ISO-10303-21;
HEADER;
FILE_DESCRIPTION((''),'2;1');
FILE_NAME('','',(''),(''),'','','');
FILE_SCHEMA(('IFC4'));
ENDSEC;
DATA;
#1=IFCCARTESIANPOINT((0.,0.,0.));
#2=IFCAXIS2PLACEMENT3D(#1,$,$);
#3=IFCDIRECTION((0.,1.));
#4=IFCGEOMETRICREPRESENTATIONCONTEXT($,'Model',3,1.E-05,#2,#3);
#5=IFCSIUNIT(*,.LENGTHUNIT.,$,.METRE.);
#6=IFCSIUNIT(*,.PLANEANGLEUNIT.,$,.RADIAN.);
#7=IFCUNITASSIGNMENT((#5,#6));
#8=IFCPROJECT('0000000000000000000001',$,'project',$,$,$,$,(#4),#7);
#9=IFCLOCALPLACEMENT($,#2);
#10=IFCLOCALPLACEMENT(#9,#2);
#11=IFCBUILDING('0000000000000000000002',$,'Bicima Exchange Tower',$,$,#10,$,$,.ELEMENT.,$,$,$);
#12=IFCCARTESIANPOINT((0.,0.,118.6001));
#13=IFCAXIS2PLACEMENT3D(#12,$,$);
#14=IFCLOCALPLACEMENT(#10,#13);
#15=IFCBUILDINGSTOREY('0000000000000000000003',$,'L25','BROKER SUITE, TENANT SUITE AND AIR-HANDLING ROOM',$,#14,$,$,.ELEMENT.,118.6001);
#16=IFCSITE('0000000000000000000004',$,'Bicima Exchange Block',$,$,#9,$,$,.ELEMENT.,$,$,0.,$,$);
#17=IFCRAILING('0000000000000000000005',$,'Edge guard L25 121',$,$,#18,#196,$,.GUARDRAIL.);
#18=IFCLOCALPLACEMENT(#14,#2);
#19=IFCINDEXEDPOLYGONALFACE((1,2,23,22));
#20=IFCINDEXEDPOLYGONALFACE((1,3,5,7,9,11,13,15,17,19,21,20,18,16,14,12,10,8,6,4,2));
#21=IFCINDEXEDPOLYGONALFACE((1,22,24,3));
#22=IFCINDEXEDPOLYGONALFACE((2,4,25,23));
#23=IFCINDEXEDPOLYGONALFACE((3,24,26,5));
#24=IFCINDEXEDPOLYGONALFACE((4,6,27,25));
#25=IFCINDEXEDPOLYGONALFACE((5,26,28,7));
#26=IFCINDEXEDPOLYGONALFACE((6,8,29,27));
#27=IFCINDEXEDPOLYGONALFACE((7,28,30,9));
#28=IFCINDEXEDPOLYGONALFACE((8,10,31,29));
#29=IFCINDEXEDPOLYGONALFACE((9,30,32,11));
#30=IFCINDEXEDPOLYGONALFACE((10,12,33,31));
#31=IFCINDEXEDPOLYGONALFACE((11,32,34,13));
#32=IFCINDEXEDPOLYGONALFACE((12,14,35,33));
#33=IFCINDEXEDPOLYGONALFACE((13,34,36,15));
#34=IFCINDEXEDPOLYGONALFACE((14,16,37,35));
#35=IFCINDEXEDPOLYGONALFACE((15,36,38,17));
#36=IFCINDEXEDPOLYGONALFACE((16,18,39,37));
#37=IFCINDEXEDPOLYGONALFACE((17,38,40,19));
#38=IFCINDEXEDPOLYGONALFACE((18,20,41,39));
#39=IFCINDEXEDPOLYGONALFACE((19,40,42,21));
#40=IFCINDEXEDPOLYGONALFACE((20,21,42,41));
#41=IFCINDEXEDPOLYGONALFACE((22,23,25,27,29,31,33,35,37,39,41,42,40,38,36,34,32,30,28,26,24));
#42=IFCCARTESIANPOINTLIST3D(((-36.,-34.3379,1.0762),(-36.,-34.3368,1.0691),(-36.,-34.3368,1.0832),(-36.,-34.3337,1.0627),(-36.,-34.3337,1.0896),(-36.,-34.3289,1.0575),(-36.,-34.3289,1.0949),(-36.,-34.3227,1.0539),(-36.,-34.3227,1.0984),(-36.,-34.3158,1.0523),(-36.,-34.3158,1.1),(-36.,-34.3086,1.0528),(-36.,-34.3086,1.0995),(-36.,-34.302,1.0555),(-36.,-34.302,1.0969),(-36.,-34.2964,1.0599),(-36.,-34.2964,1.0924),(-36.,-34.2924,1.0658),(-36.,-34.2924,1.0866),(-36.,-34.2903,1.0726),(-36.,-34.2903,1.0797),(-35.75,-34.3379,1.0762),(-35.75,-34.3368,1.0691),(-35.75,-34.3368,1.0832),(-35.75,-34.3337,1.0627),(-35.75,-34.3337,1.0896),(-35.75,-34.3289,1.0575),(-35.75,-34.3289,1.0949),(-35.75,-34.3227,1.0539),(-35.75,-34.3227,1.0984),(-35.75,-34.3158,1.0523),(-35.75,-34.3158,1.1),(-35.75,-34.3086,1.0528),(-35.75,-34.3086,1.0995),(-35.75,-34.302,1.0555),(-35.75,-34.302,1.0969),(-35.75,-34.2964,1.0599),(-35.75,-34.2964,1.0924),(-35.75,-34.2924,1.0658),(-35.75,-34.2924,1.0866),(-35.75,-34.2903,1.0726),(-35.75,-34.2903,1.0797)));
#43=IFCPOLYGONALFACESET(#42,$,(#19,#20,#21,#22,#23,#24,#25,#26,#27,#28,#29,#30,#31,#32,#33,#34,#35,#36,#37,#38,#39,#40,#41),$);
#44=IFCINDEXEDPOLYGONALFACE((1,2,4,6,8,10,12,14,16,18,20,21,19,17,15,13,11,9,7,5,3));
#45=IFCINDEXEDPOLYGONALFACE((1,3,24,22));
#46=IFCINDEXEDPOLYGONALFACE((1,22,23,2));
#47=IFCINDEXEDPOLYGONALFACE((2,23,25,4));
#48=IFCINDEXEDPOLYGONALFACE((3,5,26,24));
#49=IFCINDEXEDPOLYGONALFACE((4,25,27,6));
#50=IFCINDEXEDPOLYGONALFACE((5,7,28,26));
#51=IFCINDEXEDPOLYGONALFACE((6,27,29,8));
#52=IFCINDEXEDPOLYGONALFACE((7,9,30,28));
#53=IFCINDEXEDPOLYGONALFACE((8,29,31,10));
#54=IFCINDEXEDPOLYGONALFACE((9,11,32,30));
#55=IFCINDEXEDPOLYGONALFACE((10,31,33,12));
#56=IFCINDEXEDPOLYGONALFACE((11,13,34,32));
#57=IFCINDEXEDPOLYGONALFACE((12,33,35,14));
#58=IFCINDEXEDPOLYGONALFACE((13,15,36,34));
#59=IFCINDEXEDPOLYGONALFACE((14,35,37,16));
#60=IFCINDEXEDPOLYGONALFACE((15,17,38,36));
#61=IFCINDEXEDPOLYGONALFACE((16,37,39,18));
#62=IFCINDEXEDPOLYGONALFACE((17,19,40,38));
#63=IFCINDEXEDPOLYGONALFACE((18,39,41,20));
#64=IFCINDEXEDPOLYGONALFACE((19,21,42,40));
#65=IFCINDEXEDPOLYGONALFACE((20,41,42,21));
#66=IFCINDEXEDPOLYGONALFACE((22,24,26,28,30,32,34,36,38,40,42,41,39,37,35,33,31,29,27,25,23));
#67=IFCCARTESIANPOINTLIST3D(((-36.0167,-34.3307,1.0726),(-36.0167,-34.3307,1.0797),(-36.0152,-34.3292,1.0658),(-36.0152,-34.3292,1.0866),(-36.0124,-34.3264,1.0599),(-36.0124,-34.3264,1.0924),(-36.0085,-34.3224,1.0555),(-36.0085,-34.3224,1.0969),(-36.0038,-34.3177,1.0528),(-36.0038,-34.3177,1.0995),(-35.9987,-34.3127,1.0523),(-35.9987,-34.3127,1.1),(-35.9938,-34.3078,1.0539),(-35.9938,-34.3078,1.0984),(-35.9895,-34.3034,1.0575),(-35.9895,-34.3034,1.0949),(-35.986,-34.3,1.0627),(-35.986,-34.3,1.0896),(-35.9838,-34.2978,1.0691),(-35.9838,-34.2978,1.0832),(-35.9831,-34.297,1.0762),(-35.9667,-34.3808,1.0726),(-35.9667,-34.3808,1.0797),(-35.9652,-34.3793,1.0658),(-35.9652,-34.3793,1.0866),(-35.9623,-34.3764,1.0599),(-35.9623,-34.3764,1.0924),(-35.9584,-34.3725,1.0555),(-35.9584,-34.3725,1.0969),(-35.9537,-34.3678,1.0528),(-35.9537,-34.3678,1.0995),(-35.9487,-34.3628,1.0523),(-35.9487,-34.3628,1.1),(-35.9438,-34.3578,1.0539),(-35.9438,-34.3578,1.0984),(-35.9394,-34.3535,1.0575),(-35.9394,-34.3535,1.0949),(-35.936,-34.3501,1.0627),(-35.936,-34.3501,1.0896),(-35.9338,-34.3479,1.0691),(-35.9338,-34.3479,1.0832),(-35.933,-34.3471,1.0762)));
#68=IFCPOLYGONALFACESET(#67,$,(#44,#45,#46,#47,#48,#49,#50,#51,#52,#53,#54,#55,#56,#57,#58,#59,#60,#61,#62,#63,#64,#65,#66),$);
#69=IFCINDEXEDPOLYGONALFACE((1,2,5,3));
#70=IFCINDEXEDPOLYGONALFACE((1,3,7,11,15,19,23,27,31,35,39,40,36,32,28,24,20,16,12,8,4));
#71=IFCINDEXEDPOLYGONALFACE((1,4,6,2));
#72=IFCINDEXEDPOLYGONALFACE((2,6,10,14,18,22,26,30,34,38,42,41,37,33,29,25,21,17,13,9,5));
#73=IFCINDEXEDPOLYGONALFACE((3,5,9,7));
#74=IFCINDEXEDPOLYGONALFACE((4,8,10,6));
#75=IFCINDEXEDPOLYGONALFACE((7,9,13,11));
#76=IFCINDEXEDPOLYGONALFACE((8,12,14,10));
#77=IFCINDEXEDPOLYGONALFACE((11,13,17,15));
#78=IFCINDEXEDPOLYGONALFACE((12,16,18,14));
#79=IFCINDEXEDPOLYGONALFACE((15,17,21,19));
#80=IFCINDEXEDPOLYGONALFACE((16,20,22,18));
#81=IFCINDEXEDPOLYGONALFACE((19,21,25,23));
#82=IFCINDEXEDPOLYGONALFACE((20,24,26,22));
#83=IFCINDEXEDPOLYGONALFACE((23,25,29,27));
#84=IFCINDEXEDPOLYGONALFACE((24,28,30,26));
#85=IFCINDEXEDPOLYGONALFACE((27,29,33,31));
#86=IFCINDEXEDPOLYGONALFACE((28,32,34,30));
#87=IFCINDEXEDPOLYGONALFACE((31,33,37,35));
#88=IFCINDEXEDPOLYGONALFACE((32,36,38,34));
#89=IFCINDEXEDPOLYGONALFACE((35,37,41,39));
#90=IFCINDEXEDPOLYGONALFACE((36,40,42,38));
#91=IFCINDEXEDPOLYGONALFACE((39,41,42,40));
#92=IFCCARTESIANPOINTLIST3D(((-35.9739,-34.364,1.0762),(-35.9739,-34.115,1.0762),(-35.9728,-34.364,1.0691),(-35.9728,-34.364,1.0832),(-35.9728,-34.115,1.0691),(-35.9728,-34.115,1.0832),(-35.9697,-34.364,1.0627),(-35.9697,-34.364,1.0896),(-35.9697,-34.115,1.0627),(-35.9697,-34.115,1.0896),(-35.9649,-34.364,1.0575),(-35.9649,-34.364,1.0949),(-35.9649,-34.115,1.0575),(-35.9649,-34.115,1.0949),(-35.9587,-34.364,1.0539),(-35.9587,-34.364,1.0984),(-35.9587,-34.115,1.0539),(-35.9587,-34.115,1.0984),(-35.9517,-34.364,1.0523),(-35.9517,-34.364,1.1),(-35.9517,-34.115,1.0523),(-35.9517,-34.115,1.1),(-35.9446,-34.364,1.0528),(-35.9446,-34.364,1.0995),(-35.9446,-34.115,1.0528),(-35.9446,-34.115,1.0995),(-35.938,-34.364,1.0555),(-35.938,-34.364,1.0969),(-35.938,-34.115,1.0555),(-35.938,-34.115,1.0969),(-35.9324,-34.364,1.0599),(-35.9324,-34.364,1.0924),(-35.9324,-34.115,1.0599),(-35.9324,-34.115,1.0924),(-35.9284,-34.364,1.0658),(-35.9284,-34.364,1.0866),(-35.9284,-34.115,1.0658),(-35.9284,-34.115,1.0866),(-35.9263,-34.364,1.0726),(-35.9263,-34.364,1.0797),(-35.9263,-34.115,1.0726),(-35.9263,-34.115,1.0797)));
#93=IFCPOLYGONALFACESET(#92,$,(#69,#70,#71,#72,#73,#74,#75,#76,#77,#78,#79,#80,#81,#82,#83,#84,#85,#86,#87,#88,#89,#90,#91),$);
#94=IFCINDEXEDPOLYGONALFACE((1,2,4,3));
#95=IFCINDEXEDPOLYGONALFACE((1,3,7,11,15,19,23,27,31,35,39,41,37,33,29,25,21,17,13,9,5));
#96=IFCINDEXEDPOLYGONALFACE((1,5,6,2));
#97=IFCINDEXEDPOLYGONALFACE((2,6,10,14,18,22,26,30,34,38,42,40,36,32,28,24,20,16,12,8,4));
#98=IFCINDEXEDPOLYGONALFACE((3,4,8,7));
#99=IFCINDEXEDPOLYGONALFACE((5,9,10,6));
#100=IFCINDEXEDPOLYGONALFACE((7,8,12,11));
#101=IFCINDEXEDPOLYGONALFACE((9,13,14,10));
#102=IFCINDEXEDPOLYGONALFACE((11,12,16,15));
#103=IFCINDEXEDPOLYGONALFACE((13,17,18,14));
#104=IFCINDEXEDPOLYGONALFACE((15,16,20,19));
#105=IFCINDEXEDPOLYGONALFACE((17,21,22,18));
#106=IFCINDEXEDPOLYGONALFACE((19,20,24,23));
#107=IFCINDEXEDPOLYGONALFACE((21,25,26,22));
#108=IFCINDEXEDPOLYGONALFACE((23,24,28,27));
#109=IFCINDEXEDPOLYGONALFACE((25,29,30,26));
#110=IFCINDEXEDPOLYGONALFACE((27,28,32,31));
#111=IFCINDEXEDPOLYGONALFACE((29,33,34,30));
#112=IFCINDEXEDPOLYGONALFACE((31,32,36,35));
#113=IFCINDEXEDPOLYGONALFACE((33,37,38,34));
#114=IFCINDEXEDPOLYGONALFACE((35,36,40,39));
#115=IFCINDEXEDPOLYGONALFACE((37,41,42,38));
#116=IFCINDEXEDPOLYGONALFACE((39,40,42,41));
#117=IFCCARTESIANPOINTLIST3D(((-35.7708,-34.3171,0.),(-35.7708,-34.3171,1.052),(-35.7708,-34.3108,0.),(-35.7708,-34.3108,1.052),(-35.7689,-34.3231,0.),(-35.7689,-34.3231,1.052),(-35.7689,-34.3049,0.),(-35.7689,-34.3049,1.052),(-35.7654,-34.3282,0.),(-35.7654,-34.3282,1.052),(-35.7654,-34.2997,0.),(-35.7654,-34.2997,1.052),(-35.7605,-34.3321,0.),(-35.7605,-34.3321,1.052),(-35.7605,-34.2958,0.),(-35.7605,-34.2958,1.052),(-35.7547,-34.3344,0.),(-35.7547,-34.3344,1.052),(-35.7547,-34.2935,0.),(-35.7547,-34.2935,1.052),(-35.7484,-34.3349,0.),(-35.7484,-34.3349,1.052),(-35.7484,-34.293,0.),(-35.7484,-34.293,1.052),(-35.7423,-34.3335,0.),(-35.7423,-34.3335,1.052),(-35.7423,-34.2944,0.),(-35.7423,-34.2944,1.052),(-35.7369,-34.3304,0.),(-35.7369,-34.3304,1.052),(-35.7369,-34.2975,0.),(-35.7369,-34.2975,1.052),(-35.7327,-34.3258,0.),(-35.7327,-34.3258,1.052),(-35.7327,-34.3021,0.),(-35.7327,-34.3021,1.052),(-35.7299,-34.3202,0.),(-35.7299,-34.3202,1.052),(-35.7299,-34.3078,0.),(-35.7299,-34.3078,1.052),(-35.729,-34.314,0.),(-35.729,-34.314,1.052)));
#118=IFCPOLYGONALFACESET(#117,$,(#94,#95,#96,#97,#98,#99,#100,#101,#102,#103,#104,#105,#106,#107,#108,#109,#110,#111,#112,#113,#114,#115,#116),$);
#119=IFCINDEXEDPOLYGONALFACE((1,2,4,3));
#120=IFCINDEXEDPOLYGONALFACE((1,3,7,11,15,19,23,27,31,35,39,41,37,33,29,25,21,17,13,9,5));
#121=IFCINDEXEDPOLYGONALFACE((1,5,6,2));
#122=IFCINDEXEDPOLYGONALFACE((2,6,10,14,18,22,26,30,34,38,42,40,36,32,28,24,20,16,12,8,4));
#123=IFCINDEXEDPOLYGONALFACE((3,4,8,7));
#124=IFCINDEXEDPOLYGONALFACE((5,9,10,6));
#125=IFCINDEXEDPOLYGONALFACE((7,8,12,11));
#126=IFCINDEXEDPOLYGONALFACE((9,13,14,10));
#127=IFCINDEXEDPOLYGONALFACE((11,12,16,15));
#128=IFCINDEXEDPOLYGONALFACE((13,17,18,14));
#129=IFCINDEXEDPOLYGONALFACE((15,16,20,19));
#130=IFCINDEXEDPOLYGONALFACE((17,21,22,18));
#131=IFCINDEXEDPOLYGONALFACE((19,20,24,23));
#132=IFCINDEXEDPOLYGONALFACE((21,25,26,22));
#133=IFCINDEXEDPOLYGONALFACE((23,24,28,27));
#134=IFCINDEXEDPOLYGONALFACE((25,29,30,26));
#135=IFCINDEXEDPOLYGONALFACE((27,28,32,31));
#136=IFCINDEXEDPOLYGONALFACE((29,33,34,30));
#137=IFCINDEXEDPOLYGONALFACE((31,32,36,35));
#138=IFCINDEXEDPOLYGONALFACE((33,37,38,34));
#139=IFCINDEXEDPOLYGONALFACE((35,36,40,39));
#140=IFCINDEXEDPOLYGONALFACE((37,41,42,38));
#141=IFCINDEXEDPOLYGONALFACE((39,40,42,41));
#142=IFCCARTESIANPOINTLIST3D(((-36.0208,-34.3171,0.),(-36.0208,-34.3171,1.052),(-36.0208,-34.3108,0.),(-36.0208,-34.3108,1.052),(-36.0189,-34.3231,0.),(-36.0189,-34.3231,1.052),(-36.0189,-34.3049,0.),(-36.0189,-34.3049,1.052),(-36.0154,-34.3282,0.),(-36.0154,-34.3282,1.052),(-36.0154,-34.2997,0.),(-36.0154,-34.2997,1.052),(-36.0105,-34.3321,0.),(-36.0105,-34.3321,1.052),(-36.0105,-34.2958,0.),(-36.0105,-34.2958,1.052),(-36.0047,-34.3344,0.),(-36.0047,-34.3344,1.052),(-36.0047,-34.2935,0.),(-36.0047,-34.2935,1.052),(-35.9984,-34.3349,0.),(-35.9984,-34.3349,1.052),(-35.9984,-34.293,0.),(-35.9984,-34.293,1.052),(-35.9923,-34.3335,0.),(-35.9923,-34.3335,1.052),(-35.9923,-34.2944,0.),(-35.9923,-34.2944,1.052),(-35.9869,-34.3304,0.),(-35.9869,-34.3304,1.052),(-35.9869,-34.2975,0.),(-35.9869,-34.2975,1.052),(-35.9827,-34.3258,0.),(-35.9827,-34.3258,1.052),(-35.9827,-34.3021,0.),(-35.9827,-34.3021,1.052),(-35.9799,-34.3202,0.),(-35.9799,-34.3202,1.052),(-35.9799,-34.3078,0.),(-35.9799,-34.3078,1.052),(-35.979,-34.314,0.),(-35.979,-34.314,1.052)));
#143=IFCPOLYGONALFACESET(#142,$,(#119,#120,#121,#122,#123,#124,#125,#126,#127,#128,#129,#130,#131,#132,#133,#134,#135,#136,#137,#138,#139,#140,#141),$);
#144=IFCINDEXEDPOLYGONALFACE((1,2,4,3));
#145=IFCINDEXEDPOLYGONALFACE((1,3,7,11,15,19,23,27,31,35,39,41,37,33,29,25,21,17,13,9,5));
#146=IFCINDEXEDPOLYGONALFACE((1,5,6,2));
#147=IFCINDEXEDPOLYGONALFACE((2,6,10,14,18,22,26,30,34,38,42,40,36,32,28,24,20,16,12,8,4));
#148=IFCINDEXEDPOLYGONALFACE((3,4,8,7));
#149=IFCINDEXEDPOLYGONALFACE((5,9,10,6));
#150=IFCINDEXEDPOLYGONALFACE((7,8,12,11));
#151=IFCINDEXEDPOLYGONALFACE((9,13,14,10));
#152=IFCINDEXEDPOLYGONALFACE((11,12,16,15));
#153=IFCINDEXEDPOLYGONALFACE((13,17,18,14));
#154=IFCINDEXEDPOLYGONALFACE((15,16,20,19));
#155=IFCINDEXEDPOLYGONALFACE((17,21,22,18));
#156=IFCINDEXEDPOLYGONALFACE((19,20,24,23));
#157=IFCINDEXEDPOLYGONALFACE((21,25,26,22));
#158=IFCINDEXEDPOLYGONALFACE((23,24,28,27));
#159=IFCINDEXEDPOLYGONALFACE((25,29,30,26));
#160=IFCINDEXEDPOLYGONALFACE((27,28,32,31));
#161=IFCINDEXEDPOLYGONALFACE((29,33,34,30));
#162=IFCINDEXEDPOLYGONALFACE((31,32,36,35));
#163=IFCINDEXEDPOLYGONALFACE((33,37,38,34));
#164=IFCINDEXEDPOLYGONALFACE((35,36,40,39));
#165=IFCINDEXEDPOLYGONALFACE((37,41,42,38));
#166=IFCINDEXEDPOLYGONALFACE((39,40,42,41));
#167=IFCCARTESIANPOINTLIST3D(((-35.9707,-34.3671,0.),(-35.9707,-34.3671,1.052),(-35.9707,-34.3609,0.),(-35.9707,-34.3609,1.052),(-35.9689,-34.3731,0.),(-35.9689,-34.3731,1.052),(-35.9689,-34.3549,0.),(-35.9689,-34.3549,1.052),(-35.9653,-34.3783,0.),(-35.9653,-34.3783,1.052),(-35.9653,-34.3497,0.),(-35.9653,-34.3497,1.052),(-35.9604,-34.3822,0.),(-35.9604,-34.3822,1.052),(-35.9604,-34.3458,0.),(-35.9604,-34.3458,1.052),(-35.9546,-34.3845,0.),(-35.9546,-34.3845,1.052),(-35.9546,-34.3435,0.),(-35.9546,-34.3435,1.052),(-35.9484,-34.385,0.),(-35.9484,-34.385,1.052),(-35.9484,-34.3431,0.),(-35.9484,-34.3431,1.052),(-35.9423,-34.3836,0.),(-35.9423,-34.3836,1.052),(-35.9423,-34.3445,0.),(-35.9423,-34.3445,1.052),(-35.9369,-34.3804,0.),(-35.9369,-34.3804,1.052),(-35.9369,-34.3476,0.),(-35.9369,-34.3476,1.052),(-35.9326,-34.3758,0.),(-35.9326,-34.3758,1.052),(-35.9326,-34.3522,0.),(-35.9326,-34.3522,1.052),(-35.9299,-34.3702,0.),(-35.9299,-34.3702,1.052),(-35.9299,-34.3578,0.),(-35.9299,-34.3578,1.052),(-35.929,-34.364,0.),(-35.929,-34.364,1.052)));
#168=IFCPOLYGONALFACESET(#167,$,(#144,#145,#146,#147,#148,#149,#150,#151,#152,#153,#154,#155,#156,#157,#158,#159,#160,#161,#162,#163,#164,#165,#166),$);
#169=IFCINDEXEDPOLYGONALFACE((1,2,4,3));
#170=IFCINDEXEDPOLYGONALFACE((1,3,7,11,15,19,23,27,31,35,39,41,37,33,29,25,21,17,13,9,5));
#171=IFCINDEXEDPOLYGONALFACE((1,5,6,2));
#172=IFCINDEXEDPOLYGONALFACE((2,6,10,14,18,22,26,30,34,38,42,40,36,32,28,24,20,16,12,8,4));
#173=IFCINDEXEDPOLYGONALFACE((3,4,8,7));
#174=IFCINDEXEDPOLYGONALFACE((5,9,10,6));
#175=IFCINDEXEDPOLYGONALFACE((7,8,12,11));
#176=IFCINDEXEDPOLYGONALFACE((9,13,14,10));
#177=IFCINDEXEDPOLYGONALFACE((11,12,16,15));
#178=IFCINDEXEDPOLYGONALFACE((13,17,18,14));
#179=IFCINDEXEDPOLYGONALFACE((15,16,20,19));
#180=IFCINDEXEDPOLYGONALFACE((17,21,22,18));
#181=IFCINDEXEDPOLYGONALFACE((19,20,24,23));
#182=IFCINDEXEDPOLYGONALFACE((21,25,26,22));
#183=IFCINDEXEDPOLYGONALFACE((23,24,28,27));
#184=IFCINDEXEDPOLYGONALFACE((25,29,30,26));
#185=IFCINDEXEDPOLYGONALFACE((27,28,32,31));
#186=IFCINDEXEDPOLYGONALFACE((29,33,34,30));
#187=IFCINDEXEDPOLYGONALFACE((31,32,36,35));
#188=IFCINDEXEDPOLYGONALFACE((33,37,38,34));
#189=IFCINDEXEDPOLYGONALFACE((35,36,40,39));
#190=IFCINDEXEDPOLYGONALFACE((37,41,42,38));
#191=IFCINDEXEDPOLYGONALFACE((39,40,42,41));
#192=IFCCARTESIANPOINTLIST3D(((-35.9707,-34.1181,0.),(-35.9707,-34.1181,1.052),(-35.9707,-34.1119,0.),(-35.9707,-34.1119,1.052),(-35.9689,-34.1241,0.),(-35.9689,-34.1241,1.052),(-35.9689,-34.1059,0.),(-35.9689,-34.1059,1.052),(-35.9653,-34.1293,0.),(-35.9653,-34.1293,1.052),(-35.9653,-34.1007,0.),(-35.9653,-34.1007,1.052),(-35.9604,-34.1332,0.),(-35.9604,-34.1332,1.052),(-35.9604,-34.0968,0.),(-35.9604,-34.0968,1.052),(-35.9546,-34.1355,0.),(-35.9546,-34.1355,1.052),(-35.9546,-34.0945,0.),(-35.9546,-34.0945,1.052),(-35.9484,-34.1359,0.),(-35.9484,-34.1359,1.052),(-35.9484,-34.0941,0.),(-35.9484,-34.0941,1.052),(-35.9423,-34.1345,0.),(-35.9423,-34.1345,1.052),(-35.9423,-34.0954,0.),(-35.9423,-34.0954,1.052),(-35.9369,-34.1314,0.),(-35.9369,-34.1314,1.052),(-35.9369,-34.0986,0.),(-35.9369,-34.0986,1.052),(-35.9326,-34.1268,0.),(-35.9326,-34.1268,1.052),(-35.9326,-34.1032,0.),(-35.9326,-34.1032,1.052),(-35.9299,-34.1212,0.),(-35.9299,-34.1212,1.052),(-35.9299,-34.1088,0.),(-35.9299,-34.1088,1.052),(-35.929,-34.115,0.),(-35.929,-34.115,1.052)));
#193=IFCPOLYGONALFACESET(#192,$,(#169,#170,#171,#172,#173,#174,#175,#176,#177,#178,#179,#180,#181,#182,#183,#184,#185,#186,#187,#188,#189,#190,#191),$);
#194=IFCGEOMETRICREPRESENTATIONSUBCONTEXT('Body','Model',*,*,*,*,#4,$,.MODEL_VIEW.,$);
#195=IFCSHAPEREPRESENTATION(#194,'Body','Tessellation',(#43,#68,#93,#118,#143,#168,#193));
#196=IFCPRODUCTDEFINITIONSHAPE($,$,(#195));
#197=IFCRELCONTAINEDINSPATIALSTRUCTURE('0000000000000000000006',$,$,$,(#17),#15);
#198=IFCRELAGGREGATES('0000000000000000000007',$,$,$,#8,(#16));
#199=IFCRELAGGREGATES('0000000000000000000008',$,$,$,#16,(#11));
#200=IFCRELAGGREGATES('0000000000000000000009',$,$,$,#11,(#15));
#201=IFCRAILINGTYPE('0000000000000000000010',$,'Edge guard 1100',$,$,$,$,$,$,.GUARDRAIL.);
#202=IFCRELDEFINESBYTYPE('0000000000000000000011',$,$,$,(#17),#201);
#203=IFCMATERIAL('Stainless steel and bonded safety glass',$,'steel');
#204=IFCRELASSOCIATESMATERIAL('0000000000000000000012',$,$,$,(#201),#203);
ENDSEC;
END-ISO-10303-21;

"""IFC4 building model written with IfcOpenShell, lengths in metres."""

from ifc_helpers import new_model, si_unit, direction, frame, origin, origin_2d, place, context, subcontext, project, spatial, circle, extrude, material, type_object, element, save


model = new_model("IFC4")

# Units and contexts
model_context = context("Model", 3, precision=1e-05, world=origin(), true_north=direction((0.0, 1.0)))
body_context = subcontext(model_context, "Body", "Model", "MODEL_VIEW")
ifc_project = project(units=[si_unit("LENGTHUNIT", "METRE"), si_unit("PLANEANGLEUNIT", "RADIAN")], contexts=[model_context])

# Site, building, storey
site_placement = place(None, origin())
site = spatial("IfcSite", under=ifc_project, at=site_placement, Name="Bicima Exchange Block", CompositionType="ELEMENT", RefElevation=0.0)
building_placement = place(site_placement, origin())
building = spatial("IfcBuilding", under=site, at=building_placement, Name="Bicima Exchange Tower", CompositionType="ELEMENT")
storey_placement = place(building_placement, frame((0.0, 0.0, 118.6001)))
storey = spatial("IfcBuildingStorey", under=building, at=storey_placement, Name="L25", Description="BROKER SUITE, TENANT SUITE AND AIR-HANDLING ROOM", CompositionType="ELEMENT", Elevation=118.6001)

# Railing
ifc_material_1 = material(Name="Stainless steel and bonded safety glass", Category="steel")
railing_type = type_object("IfcRailingType", Name="Edge guard 1100", PredefinedType="GUARDRAIL", material=ifc_material_1)
railing_1_placement = place(storey_placement, frame((-35.75, -34.314, 0.0)))
element("IfcRailing", 1, at=railing_1_placement, inside=storey, type_object=railing_type, Name="Edge guard L25 121", PredefinedType="GUARDRAIL", context=body_context, shape_type="SweptSolid", body=[
    extrude(circle(Radius=0.0239, at=origin_2d()), frame((0.0, 0.0, 1.0762), z_axis=(-1.0, 0.0, 0.0), x_axis=(0.0, -1.0, 0.0)), (0.0, 0.0, 1.0), 0.25),
    extrude(circle(Radius=0.0239, at=origin_2d()), frame((-0.25, 0.0, 1.0762), z_axis=(0.707107, -0.707107, 0.0), x_axis=(0.707107, 0.707107, 0.0)), (0.0, 0.0, 1.0), 0.0708),
    extrude(circle(Radius=0.0239, at=origin_2d()), frame((-0.2, -0.05, 1.0762), z_axis=(0.0, 1.0, 0.0), x_axis=(-1.0, 0.0, 0.0)), (0.0, 0.0, 1.0), 0.249),
    extrude(circle(Radius=0.021, at=origin_2d()), origin(), (0.0, 0.0, 1.0), 1.052),
    extrude(circle(Radius=0.021, at=origin_2d()), frame((-0.25, 0.0, 0.0)), (0.0, 0.0, 1.0), 1.052),
    extrude(circle(Radius=0.021, at=origin_2d()), frame((-0.2, -0.05, 0.0)), (0.0, 0.0, 1.0), 1.052),
    extrude(circle(Radius=0.021, at=origin_2d()), frame((-0.2, 0.199, 0.0)), (0.0, 0.0, 1.0), 1.052),
])

save(model, "model.ifc")
